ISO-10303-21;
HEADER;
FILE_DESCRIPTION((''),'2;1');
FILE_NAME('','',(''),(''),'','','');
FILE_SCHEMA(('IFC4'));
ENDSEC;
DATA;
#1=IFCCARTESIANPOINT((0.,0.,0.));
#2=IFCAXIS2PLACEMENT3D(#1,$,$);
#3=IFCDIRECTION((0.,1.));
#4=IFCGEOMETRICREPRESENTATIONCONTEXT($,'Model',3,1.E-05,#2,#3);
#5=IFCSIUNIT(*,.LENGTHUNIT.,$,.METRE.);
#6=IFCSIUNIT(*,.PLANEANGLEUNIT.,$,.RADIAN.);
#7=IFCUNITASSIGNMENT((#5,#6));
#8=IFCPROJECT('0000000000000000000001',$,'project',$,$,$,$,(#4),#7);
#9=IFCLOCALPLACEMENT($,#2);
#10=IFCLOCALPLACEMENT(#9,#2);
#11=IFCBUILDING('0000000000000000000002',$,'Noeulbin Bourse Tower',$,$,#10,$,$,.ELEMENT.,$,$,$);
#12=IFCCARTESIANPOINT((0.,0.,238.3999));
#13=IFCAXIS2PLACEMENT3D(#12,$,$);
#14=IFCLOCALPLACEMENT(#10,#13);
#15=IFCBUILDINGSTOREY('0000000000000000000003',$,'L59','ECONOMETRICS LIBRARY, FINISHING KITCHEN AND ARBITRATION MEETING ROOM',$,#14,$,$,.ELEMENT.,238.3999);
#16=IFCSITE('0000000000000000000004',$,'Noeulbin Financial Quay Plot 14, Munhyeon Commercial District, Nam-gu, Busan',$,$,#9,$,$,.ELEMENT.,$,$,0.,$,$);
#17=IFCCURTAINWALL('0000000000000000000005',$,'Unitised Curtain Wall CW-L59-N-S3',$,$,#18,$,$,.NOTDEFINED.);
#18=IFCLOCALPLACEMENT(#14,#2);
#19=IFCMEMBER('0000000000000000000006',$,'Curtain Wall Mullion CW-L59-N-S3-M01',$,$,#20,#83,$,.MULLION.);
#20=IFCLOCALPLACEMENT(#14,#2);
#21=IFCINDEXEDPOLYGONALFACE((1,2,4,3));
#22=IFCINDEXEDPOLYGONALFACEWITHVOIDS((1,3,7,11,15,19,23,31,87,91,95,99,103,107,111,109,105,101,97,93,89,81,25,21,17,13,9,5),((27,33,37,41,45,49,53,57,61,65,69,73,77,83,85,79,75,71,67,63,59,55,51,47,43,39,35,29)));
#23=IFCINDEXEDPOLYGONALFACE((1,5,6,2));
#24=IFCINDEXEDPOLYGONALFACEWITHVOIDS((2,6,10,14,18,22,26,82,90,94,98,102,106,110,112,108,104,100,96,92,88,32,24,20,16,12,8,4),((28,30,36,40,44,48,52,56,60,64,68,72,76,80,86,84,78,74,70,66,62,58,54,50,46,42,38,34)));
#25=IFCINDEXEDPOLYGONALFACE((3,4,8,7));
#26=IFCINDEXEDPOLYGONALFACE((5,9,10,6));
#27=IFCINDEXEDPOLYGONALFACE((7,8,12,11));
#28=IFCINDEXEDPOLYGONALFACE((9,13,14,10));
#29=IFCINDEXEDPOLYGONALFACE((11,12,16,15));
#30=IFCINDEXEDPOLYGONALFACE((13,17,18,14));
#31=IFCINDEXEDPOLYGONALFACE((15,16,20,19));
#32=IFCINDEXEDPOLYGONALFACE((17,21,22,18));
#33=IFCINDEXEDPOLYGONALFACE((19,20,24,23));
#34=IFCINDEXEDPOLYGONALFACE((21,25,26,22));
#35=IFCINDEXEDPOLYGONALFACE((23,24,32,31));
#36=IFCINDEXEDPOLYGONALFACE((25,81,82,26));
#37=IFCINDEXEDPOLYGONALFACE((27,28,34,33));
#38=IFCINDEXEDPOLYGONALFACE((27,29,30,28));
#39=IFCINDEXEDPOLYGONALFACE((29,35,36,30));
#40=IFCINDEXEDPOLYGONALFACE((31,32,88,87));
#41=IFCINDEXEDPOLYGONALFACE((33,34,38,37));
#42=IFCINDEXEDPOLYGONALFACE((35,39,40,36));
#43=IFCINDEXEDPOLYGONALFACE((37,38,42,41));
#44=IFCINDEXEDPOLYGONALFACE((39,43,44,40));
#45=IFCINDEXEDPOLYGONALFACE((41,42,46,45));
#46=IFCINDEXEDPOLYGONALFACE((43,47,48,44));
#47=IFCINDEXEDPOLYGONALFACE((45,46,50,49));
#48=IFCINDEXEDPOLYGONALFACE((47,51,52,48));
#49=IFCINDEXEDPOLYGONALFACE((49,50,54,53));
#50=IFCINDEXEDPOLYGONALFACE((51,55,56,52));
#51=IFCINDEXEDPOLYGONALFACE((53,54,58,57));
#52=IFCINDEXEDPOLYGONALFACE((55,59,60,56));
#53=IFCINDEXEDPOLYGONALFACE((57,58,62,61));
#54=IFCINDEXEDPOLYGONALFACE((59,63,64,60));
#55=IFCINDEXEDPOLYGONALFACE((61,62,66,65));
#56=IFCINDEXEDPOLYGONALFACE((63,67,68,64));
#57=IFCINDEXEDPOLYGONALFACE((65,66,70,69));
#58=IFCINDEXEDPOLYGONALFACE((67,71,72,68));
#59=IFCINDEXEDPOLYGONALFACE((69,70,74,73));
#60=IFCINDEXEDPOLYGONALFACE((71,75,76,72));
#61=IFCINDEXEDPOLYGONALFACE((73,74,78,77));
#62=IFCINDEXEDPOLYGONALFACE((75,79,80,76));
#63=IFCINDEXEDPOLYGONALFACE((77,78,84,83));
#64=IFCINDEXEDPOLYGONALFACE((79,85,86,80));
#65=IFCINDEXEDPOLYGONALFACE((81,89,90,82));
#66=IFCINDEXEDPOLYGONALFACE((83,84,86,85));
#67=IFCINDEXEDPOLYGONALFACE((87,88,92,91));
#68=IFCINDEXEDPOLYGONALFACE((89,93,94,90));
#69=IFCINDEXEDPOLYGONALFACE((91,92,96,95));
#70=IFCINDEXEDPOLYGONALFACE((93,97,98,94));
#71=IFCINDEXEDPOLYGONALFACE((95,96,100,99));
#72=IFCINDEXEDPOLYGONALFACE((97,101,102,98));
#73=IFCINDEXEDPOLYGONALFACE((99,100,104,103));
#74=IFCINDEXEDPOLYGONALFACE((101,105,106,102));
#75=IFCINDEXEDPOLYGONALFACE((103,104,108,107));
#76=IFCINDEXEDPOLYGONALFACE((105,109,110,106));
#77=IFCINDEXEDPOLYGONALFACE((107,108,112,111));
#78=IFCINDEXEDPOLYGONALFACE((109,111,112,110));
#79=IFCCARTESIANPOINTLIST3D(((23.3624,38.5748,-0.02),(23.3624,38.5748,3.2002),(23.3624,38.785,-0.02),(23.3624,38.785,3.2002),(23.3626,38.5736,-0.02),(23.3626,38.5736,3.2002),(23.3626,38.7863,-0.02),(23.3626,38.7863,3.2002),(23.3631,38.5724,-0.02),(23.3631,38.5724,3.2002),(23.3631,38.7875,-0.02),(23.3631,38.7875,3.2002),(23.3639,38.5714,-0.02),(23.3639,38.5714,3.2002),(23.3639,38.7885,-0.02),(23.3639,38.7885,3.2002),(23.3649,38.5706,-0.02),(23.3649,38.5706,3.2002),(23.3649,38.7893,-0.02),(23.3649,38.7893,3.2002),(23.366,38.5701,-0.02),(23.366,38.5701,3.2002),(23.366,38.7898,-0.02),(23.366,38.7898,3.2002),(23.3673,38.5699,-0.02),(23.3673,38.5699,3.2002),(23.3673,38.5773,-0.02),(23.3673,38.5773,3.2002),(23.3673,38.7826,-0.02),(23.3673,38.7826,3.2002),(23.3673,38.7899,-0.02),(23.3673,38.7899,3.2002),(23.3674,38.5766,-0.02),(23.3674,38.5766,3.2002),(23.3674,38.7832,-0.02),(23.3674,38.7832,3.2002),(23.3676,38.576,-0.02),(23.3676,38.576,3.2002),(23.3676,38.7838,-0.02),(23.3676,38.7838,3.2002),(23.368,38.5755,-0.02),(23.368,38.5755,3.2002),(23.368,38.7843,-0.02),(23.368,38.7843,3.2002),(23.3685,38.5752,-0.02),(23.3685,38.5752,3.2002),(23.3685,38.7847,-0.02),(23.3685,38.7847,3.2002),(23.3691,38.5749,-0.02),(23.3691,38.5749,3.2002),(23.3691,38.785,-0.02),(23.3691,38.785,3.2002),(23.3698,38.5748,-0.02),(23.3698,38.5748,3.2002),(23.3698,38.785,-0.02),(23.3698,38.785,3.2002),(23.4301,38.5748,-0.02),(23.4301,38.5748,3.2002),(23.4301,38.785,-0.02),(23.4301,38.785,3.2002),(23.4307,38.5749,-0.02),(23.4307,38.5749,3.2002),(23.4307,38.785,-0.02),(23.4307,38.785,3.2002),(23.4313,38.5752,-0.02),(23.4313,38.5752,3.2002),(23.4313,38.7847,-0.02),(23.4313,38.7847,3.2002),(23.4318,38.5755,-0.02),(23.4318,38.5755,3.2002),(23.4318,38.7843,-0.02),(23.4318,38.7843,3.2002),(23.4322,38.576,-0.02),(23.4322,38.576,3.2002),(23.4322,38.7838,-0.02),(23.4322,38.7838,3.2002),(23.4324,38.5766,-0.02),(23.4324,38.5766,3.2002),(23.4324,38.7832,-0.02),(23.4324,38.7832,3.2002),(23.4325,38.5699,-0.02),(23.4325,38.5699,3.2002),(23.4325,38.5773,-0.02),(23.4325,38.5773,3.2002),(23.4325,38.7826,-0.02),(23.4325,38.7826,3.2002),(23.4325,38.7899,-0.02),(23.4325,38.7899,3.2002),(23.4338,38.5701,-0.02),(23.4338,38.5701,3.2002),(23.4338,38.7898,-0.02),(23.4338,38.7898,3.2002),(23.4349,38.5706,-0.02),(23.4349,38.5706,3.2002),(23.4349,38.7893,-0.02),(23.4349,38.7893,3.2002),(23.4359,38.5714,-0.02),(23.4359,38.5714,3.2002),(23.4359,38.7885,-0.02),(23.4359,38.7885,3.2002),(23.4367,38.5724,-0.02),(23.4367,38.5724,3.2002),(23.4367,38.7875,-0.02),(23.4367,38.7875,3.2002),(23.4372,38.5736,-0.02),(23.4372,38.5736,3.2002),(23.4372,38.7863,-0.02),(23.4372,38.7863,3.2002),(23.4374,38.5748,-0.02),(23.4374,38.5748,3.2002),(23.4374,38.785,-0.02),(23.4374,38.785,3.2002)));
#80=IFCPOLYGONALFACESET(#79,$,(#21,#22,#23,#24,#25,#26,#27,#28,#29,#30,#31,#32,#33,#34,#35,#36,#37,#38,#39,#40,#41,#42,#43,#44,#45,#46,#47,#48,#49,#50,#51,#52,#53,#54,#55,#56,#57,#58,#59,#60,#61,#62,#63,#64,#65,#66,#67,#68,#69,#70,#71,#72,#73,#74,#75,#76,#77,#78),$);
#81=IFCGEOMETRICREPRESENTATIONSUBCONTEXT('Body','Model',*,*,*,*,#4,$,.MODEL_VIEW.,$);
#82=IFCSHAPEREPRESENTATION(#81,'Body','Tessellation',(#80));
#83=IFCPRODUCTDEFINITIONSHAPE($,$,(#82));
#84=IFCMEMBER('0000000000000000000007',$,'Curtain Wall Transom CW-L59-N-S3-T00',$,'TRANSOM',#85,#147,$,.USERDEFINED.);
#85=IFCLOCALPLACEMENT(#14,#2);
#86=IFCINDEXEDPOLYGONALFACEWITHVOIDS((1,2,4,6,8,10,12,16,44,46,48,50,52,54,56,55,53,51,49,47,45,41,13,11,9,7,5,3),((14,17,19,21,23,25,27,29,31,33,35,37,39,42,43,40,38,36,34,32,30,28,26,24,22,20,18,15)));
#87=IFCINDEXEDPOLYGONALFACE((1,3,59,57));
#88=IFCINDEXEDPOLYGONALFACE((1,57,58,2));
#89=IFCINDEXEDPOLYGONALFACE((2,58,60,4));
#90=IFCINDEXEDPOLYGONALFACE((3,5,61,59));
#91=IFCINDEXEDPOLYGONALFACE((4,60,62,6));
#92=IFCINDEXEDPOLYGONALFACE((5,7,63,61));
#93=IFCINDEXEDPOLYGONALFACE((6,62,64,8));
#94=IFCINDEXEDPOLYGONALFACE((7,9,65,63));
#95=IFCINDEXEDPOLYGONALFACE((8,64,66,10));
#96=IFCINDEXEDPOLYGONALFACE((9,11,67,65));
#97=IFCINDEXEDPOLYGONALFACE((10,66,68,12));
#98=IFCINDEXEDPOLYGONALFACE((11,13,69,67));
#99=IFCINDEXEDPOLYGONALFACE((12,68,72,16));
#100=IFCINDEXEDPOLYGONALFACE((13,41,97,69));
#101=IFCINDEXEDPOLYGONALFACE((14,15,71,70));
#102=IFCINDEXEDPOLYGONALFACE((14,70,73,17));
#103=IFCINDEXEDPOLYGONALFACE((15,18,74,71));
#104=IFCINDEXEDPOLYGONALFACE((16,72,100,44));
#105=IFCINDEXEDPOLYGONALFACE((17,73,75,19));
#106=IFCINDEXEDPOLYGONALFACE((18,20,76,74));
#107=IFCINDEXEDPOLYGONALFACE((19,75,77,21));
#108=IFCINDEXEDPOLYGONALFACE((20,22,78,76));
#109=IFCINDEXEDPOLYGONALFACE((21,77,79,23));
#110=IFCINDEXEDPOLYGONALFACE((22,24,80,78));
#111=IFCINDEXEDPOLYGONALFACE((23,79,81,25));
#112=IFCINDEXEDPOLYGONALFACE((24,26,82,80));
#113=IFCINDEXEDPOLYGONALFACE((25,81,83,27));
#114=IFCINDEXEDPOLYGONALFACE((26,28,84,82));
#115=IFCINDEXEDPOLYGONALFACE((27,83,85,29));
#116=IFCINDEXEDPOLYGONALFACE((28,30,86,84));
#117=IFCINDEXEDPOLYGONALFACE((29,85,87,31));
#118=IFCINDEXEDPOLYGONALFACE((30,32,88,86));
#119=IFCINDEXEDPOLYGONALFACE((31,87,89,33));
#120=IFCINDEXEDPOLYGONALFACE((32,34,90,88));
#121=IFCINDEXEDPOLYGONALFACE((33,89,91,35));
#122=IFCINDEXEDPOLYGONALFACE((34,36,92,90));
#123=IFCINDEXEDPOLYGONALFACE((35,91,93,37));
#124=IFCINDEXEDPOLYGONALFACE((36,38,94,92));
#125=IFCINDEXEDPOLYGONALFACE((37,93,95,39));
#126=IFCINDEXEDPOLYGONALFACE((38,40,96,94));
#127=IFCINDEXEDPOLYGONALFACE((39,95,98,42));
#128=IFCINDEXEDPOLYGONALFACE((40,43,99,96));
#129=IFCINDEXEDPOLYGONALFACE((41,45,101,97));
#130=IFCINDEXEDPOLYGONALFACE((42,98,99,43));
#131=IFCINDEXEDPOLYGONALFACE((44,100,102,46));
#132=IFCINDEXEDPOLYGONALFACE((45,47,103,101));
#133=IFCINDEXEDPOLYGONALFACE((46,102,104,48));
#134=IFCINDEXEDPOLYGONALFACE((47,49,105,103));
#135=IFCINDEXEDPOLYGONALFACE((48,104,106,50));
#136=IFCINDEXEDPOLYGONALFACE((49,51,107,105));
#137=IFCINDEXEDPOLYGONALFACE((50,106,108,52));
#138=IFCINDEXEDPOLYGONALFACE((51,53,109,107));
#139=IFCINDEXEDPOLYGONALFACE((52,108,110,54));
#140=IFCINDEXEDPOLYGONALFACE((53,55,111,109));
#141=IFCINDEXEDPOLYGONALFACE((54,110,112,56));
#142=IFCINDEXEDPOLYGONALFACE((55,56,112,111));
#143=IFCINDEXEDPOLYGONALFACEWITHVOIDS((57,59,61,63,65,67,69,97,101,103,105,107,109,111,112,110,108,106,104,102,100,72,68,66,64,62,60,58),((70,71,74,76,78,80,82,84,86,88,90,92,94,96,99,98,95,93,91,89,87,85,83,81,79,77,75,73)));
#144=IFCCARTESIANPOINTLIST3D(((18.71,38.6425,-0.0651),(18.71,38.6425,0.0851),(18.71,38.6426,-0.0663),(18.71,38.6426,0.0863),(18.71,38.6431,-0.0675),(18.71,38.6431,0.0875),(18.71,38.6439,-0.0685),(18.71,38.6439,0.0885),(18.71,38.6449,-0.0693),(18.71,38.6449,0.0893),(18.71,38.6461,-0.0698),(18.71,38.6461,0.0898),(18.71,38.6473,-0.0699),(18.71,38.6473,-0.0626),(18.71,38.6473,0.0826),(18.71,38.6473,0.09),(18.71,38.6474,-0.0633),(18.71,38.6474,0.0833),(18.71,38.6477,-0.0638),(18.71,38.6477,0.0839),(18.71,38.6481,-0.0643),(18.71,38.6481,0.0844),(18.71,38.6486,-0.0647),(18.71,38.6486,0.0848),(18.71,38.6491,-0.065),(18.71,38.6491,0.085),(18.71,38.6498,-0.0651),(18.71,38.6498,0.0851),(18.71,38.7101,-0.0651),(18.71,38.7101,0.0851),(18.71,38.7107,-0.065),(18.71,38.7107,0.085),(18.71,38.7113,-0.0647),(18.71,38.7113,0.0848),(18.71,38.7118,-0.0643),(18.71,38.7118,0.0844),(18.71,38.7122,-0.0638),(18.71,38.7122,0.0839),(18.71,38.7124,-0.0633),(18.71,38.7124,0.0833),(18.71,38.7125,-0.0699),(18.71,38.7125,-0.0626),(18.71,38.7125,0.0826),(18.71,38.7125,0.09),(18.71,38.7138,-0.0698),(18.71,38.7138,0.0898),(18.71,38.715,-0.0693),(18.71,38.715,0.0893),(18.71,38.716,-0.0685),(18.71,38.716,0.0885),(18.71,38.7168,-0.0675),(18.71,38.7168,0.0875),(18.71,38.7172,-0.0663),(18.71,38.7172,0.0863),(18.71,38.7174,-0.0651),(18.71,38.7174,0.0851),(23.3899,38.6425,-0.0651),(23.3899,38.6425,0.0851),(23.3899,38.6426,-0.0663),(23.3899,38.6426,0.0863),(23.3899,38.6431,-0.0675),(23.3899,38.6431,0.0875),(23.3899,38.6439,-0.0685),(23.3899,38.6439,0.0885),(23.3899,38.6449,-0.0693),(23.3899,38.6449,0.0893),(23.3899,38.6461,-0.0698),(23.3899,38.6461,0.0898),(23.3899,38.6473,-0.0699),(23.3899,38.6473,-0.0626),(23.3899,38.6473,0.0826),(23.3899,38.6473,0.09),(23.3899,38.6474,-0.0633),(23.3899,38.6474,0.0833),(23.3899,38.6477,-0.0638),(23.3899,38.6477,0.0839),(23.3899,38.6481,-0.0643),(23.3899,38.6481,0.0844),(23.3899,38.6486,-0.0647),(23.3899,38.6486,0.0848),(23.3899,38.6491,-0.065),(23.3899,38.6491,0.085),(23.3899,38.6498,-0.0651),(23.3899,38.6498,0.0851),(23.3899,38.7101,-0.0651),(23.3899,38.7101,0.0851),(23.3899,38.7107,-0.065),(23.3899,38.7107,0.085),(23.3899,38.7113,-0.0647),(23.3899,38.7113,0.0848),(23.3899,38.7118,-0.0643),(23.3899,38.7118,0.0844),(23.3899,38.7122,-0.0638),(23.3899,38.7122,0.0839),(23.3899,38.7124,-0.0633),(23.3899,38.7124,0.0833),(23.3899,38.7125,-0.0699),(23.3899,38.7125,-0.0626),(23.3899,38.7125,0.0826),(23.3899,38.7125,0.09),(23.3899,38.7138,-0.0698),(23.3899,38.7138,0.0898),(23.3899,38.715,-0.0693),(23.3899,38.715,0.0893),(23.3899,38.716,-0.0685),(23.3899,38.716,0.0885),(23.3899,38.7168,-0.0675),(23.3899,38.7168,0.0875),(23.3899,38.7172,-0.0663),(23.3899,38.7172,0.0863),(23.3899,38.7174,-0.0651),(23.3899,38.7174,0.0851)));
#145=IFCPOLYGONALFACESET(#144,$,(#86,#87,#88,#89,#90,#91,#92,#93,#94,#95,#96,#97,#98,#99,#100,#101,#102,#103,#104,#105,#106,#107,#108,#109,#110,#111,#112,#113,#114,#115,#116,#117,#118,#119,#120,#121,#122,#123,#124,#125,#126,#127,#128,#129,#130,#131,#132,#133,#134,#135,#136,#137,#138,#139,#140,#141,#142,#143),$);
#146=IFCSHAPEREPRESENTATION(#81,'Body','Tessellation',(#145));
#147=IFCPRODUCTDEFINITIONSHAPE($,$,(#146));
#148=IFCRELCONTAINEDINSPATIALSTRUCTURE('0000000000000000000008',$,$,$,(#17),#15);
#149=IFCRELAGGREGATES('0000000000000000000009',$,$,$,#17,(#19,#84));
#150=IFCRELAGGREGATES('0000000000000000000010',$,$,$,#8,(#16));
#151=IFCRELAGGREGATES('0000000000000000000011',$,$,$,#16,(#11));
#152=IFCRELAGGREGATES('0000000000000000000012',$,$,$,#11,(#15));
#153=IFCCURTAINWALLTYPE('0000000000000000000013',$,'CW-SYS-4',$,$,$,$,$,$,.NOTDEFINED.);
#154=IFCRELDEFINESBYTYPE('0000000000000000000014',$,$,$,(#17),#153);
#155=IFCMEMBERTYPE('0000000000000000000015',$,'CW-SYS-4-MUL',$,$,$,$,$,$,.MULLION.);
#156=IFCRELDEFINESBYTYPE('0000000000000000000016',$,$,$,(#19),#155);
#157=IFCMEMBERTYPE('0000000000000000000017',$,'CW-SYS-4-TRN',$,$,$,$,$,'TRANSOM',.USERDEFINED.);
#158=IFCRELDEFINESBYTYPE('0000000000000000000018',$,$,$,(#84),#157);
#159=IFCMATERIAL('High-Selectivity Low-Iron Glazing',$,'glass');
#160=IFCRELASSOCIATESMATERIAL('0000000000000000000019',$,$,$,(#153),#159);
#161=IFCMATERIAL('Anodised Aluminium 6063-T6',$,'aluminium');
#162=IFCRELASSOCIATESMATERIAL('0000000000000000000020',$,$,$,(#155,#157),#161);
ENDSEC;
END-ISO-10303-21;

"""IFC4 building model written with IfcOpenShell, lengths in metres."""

from ifc_helpers import new_model, si_unit, direction, frame, origin, origin_2d, place, context, subcontext, project, spatial, hollow_rectangle, extrude, material, material_profile, profile_set, type_object, element, aggregate, save


model = new_model("IFC4")

# Units and contexts
model_context = context("Model", 3, precision=1e-05, world=origin(), true_north=direction((0.0, 1.0)))
body_context = subcontext(model_context, "Body", "Model", "MODEL_VIEW")
ifc_project = project(units=[si_unit("LENGTHUNIT", "METRE"), si_unit("PLANEANGLEUNIT", "RADIAN")], contexts=[model_context])

# Site, building, storey
site_placement = place(None, origin())
site = spatial("IfcSite", under=ifc_project, at=site_placement, Name="Noeulbin Financial Quay Plot 14, Munhyeon Commercial District, Nam-gu, Busan", CompositionType="ELEMENT", RefElevation=0.0)
building_placement = place(site_placement, origin())
building = spatial("IfcBuilding", under=site, at=building_placement, Name="Noeulbin Bourse Tower", CompositionType="ELEMENT")
storey_placement = place(building_placement, frame((0.0, 0.0, 238.3999)))
storey = spatial("IfcBuildingStorey", under=building, at=storey_placement, Name="L59", Description="ECONOMETRICS LIBRARY, FINISHING KITCHEN AND ARBITRATION MEETING ROOM", CompositionType="ELEMENT", Elevation=238.3999)

# Curtain wall, members
ifc_material_1 = material(Name="High-Selectivity Low-Iron Glazing", Category="glass")
curtain_wall_type = type_object("IfcCurtainWallType", Name="CW-SYS-4", PredefinedType="NOTDEFINED", material=ifc_material_1)
curtain_wall_placement = place(storey_placement, origin())
curtain_wall = element("IfcCurtainWall", 1, at=curtain_wall_placement, inside=storey, type_object=curtain_wall_type, Name="Unitised Curtain Wall CW-L59-N-S3", PredefinedType="NOTDEFINED")
ifc_material_2 = material(Name="Anodised Aluminium 6063-T6", Category="aluminium")
ifc_material_profile_1 = material_profile(ifc_material_2, hollow_rectangle(XDim=0.075, YDim=0.22, WallThickness=0.0049, InnerFilletRadius=0.0024, OuterFilletRadius=0.0049, at=origin_2d()), Name="ALU-MULL-75x220x5", Category="LoadBearing")
ifc_profile_set_1 = profile_set([ifc_material_profile_1], Name="Anodised Aluminium 6063-T6")
member_type_1 = type_object("IfcMemberType", Name="CW-SYS-4-MUL", PredefinedType="MULLION", material=ifc_profile_set_1)
member_1_placement = place(storey_placement, frame((23.3999, 38.6799, -0.02), z_axis=(0.0, 0.0, 1.0), x_axis=(1.0, 0.0, 0.0)))
member_1 = element("IfcMember", 2, at=member_1_placement, type_object=member_type_1, Name="Curtain Wall Mullion CW-L59-N-S3-M01", PredefinedType="MULLION", context=body_context, shape_type="SweptSolid", body=[
    extrude(hollow_rectangle(XDim=0.075, YDim=0.22, WallThickness=0.0049, InnerFilletRadius=0.0024, OuterFilletRadius=0.0049, at=origin_2d()), origin(), (0.0, 0.0, 1.0), 3.2202),
])
ifc_material_profile_2 = material_profile(ifc_material_2, hollow_rectangle(XDim=0.075, YDim=0.1599, WallThickness=0.0049, InnerFilletRadius=0.0024, OuterFilletRadius=0.0049, at=origin_2d()), Name="ALU-TRAN-75x160x5", Category="LoadBearing")
ifc_profile_set_2 = profile_set([ifc_material_profile_2], Name="Anodised Aluminium 6063-T6")
member_type_2 = type_object("IfcMemberType", Name="CW-SYS-4-TRN", ElementType="TRANSOM", PredefinedType="USERDEFINED", material=ifc_profile_set_2)
member_2_placement = place(storey_placement, frame((18.71, 38.6799, 0.01), z_axis=(1.0, 0.0, 0.0), x_axis=(0.0, 1.0, 0.0)))
member_2 = element("IfcMember", 3, at=member_2_placement, type_object=member_type_2, Name="Curtain Wall Transom CW-L59-N-S3-T00", ObjectType="TRANSOM", PredefinedType="USERDEFINED", context=body_context, shape_type="SweptSolid", body=[
    extrude(hollow_rectangle(XDim=0.075, YDim=0.1599, WallThickness=0.0049, InnerFilletRadius=0.0024, OuterFilletRadius=0.0049, at=origin_2d()), origin(), (0.0, 0.0, 1.0), 4.6799),
])
aggregate(curtain_wall, [member_1, member_2])

save(model, "model.ifc")
